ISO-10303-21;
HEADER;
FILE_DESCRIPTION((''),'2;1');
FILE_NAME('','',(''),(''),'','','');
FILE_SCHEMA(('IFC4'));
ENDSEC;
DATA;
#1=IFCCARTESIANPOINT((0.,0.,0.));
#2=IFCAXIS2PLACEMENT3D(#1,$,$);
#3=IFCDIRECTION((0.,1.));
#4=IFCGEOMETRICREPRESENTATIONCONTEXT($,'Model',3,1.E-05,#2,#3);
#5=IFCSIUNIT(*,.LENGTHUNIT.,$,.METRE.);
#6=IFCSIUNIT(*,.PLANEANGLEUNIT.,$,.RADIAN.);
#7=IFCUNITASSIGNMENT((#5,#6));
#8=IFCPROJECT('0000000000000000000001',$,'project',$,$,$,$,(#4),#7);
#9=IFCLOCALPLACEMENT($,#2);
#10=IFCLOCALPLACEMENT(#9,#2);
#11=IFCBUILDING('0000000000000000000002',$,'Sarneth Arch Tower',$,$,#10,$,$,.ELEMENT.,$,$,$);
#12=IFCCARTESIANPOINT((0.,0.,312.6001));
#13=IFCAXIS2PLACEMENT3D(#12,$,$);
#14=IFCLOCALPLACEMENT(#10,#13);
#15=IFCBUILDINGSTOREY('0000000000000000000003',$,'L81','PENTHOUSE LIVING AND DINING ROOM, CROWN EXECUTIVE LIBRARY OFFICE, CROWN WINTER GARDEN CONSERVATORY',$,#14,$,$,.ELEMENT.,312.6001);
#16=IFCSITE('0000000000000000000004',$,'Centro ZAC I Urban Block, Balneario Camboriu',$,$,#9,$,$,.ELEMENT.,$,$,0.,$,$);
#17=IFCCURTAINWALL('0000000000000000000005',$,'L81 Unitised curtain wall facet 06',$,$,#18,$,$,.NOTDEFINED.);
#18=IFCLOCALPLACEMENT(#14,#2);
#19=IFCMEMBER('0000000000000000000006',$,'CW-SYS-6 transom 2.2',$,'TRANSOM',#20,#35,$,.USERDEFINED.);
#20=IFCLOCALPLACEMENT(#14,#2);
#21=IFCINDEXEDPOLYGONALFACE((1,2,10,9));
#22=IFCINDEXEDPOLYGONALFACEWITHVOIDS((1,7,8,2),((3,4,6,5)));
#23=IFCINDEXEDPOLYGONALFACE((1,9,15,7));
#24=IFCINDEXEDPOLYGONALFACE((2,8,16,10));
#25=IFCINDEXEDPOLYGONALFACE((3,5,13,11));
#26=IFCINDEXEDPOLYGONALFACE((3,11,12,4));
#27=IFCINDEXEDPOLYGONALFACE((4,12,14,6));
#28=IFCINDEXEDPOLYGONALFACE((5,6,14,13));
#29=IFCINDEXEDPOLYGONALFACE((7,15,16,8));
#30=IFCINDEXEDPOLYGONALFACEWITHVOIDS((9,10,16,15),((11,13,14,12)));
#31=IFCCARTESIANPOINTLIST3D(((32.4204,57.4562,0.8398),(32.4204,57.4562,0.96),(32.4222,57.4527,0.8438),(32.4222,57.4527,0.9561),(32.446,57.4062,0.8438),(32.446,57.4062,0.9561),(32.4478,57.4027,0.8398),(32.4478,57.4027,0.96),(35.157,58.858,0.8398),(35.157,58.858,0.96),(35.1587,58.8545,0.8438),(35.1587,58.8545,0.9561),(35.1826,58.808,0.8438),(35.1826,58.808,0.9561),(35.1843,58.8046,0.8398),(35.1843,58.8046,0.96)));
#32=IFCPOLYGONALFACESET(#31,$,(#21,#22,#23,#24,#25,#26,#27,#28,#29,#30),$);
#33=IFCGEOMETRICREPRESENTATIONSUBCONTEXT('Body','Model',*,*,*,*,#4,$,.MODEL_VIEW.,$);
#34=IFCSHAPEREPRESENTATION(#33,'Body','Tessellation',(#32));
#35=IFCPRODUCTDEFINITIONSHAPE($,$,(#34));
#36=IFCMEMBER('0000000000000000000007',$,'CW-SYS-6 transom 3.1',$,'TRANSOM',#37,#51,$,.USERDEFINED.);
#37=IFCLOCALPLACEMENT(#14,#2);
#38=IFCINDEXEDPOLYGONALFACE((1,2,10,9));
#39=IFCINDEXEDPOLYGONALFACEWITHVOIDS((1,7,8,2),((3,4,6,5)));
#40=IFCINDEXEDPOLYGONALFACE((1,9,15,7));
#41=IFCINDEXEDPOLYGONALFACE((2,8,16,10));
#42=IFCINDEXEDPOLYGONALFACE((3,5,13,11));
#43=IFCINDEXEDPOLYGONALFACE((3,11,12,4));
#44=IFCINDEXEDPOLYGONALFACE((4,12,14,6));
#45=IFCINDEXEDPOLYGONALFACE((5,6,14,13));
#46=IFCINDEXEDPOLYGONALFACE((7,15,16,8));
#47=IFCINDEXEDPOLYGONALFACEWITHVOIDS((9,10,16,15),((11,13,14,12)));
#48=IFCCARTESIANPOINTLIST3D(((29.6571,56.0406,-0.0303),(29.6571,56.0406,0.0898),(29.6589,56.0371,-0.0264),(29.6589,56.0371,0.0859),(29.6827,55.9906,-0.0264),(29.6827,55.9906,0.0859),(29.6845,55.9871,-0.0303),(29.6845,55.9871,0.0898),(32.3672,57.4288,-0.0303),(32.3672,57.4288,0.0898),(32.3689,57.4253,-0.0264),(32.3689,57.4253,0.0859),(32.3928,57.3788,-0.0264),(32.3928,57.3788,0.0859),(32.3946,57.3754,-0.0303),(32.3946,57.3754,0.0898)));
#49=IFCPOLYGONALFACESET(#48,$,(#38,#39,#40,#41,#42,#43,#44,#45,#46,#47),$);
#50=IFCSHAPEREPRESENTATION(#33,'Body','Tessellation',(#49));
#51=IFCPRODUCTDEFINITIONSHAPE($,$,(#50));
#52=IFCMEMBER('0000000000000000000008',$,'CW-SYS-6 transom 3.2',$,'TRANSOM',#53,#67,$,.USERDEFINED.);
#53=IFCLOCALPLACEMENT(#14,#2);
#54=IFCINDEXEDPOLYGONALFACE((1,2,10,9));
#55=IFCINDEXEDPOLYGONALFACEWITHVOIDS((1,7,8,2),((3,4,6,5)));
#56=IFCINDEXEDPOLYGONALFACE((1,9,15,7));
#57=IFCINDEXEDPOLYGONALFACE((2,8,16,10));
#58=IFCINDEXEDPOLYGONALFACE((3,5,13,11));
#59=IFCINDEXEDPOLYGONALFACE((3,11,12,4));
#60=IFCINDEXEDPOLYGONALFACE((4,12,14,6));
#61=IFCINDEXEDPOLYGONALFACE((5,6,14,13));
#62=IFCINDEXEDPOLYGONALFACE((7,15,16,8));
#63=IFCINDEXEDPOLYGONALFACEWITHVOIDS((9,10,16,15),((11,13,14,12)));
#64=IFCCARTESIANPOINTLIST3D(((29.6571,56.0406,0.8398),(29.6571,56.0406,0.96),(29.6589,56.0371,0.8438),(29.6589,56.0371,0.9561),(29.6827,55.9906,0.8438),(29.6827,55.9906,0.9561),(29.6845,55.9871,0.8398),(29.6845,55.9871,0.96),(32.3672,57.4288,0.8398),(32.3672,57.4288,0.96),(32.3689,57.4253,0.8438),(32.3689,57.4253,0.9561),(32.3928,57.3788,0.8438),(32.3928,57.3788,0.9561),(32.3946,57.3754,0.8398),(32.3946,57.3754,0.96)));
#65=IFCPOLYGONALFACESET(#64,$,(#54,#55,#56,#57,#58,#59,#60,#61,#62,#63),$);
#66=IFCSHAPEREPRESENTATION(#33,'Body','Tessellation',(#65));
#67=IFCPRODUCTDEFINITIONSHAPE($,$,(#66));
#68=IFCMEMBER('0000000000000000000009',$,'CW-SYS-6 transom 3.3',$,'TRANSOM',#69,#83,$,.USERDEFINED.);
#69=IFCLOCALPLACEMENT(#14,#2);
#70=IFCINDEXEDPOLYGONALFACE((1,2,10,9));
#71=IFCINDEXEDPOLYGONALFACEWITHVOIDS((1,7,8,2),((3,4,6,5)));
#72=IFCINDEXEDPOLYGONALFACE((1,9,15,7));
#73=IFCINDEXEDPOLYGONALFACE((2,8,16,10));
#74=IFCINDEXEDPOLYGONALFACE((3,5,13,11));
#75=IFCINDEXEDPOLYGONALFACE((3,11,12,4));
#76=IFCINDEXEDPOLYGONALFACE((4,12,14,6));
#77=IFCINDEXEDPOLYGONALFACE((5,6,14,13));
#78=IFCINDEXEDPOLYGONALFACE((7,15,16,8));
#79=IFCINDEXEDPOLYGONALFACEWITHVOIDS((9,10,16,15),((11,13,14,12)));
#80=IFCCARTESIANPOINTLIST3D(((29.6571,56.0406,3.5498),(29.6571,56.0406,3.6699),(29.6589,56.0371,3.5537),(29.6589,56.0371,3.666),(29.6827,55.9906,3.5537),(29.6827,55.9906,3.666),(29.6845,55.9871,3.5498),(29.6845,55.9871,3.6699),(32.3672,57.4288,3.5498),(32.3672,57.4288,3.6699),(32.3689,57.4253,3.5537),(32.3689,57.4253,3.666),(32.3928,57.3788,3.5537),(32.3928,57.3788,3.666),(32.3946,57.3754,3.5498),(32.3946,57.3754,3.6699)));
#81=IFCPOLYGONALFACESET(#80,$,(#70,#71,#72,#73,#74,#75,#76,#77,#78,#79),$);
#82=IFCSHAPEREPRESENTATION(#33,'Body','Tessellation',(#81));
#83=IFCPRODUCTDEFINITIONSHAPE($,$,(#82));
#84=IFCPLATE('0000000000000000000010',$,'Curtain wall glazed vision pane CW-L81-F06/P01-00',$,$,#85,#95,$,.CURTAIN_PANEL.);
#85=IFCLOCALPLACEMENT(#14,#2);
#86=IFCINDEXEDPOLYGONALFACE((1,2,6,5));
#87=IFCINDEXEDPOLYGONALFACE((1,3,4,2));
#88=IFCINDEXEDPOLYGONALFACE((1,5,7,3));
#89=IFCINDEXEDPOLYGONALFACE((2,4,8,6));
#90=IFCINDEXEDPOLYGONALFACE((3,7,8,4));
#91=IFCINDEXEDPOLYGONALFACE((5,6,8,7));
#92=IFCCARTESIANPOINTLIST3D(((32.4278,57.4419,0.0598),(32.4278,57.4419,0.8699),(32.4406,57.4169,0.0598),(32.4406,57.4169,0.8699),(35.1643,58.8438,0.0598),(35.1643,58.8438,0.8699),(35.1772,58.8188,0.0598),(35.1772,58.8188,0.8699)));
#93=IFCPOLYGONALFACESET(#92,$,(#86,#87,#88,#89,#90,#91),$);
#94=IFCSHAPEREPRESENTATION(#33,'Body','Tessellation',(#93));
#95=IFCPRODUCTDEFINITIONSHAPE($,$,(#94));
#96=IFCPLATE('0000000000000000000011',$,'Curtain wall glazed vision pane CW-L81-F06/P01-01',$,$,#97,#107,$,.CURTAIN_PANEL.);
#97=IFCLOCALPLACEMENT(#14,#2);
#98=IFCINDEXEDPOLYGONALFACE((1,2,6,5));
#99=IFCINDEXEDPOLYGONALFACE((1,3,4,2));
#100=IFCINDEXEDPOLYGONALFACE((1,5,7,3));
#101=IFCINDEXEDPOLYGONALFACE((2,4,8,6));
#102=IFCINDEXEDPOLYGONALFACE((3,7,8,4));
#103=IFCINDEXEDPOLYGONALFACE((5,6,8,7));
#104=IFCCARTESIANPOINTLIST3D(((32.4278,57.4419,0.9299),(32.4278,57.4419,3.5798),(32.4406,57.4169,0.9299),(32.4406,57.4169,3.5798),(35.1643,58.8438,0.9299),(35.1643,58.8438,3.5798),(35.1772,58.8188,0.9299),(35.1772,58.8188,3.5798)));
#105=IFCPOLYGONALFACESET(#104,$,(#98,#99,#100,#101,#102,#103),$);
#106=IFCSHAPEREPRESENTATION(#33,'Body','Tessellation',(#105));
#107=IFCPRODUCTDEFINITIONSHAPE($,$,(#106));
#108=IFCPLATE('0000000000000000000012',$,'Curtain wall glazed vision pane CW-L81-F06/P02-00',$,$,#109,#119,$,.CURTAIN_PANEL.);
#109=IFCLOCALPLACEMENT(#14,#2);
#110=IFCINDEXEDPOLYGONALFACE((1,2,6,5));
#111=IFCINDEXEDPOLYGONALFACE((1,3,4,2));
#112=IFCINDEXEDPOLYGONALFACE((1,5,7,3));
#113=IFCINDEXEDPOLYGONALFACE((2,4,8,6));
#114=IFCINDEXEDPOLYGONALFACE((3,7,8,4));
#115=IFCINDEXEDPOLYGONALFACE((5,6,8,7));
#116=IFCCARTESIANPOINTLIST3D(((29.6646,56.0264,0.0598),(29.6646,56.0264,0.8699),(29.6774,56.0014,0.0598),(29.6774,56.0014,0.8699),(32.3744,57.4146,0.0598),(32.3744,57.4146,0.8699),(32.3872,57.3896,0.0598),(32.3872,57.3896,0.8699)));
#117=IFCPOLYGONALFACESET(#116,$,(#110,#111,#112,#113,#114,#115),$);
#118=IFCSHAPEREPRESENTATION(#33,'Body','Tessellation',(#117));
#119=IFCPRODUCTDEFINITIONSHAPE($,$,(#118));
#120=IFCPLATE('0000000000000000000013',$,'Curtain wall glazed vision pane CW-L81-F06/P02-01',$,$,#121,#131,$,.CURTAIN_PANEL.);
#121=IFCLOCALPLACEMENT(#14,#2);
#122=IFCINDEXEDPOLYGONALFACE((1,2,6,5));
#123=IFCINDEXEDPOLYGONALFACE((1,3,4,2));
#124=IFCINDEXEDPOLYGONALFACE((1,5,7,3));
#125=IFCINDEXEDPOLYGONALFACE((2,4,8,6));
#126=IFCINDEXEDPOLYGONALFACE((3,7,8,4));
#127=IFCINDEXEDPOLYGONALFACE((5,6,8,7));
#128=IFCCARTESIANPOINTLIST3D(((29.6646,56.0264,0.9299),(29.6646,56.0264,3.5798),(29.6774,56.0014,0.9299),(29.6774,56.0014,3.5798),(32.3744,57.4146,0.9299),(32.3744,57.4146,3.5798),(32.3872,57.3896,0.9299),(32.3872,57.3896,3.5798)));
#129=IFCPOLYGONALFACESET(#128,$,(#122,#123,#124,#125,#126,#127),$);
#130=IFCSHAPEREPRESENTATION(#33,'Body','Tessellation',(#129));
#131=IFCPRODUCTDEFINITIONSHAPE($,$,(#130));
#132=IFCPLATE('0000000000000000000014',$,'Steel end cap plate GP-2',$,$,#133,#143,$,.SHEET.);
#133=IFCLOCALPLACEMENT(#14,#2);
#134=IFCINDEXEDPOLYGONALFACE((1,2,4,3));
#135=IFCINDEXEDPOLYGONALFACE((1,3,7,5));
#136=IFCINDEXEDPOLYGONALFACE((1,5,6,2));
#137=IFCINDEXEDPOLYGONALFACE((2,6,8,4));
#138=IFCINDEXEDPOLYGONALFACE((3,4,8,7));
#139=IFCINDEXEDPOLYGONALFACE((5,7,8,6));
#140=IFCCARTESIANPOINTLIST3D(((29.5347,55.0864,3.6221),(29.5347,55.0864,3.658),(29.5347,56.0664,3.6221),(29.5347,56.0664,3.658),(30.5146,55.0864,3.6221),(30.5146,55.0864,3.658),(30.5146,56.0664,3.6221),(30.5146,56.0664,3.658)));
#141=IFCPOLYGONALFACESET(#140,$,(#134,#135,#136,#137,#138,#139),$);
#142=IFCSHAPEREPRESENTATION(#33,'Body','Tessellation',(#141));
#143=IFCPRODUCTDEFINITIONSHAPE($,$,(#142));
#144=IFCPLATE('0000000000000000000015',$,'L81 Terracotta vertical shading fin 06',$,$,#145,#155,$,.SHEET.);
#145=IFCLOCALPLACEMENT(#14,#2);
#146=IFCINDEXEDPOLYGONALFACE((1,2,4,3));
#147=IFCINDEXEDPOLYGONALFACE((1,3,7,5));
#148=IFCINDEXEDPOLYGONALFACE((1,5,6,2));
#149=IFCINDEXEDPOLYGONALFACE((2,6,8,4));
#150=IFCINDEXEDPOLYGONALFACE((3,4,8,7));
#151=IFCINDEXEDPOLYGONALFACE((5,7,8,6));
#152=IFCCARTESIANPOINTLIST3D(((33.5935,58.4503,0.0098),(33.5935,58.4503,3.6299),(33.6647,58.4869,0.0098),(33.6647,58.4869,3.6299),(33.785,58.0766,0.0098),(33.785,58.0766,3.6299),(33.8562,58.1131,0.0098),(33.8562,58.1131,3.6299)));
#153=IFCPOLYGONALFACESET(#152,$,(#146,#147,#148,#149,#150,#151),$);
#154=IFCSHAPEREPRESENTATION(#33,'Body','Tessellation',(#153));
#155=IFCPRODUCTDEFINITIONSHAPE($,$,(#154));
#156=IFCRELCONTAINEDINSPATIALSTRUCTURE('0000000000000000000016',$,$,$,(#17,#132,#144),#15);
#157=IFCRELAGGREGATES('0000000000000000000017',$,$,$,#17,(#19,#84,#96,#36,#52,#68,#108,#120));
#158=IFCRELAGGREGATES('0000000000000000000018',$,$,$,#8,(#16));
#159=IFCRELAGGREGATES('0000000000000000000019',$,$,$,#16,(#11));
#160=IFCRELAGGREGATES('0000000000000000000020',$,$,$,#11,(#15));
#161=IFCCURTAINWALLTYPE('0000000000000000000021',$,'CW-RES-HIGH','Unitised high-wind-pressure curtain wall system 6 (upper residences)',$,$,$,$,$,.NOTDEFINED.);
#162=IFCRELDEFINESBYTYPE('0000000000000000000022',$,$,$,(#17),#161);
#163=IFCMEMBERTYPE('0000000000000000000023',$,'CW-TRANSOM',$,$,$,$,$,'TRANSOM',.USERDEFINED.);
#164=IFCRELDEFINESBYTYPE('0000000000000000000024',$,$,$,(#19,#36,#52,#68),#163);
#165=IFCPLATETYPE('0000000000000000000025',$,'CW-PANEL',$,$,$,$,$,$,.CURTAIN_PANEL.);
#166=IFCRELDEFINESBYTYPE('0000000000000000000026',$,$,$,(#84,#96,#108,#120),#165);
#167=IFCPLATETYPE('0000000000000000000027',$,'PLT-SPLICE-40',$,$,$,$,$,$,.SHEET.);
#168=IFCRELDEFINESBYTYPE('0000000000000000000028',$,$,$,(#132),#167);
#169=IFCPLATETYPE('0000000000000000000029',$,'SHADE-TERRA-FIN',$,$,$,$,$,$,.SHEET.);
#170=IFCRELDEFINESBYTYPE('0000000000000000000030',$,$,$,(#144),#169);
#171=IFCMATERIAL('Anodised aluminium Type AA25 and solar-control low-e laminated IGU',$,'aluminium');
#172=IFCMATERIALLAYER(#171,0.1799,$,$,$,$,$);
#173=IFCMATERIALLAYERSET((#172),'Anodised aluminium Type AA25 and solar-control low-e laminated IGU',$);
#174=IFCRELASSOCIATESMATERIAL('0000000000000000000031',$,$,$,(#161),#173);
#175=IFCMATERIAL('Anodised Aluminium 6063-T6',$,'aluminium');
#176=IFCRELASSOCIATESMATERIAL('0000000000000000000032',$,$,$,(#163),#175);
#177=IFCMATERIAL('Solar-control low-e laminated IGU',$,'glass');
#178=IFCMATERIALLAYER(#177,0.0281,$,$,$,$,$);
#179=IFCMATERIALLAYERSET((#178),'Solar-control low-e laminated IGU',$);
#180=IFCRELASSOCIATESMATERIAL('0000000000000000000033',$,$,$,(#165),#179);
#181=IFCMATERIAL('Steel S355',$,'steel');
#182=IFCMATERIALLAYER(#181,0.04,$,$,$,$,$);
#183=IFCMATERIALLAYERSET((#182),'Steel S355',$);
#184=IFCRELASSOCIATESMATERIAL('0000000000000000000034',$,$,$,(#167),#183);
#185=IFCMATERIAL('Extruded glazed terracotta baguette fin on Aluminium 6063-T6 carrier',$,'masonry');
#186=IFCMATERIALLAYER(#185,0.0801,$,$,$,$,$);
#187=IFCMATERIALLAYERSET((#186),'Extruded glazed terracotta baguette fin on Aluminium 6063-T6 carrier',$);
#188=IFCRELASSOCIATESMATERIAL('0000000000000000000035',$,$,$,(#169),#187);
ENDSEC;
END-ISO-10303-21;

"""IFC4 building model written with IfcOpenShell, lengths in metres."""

from ifc_helpers import new_model, si_unit, direction, frame, origin, origin_2d, place, context, subcontext, project, spatial, rectangle, hollow_rectangle, extrude, material, layer, layer_set, material_profile, profile_set, type_object, element, aggregate, save


model = new_model("IFC4")

# Units and contexts
model_context = context("Model", 3, precision=1e-05, world=origin(), true_north=direction((0.0, 1.0)))
body_context = subcontext(model_context, "Body", "Model", "MODEL_VIEW")
ifc_project = project(units=[si_unit("LENGTHUNIT", "METRE"), si_unit("PLANEANGLEUNIT", "RADIAN")], contexts=[model_context])

# Site, building, storey
site_placement = place(None, origin())
site = spatial("IfcSite", under=ifc_project, at=site_placement, Name="Centro ZAC I Urban Block, Balneario Camboriu", CompositionType="ELEMENT", RefElevation=0.0)
building_placement = place(site_placement, origin())
building = spatial("IfcBuilding", under=site, at=building_placement, Name="Sarneth Arch Tower", CompositionType="ELEMENT")
storey_placement = place(building_placement, frame((0.0, 0.0, 312.6001)))
storey = spatial("IfcBuildingStorey", under=building, at=storey_placement, Name="L81", Description="PENTHOUSE LIVING AND DINING ROOM, CROWN EXECUTIVE LIBRARY OFFICE, CROWN WINTER GARDEN CONSERVATORY", CompositionType="ELEMENT", Elevation=312.6001)

# Curtain wall, members, plates
ifc_material_1 = material(Name="Anodised aluminium Type AA25 and solar-control low-e laminated IGU", Category="aluminium")
ifc_layer_1 = layer(ifc_material_1, 0.1799)
ifc_layer_set_1 = layer_set([ifc_layer_1], Name="Anodised aluminium Type AA25 and solar-control low-e laminated IGU")
curtain_wall_type = type_object("IfcCurtainWallType", Name="CW-RES-HIGH", Description="Unitised high-wind-pressure curtain wall system 6 (upper residences)", PredefinedType="NOTDEFINED", material=ifc_layer_set_1)
curtain_wall_placement = place(storey_placement, origin())
curtain_wall = element("IfcCurtainWall", 1, at=curtain_wall_placement, inside=storey, type_object=curtain_wall_type, Name="L81 Unitised curtain wall facet 06", PredefinedType="NOTDEFINED")
ifc_material_2 = material(Name="Anodised Aluminium 6063-T6", Category="aluminium")
ifc_material_profile_1 = material_profile(ifc_material_2, hollow_rectangle(XDim=0.0601, YDim=0.1201, WallThickness=0.0039, at=origin_2d()), Name="AL-TRAN-120x60x4")
ifc_profile_set_1 = profile_set([ifc_material_profile_1], Name="Anodised Aluminium 6063-T6")
member_type_1 = type_object("IfcMemberType", Name="CW-TRANSOM", ElementType="TRANSOM", PredefinedType="USERDEFINED", material=ifc_profile_set_1)
member_1_placement = place(storey_placement, frame((35.1707, 58.8313, 0.8999), z_axis=(-0.890017, -0.455926, 0.0), x_axis=(0.455926, -0.890017, 0.0)))
member_1 = element("IfcMember", 2, at=member_1_placement, type_object=member_type_1, Name="CW-SYS-6 transom 2.2", ObjectType="TRANSOM", PredefinedType="USERDEFINED", context=body_context, shape_type="SweptSolid", body=[
    extrude(hollow_rectangle(XDim=0.0601, YDim=0.1201, WallThickness=0.0039, at=origin_2d()), origin(), (0.0, 0.0, 1.0), 3.0747),
])
member_2_placement = place(storey_placement, frame((32.3809, 57.4021, 0.0298), z_axis=(-0.890023, -0.455916, 0.0), x_axis=(0.455916, -0.890023, 0.0)))
member_2 = element("IfcMember", 3, at=member_2_placement, type_object=member_type_1, Name="CW-SYS-6 transom 3.1", ObjectType="TRANSOM", PredefinedType="USERDEFINED", context=body_context, shape_type="SweptSolid", body=[
    extrude(hollow_rectangle(XDim=0.0601, YDim=0.1201, WallThickness=0.0039, at=origin_2d()), origin(), (0.0, 0.0, 1.0), 3.0449),
])
member_3_placement = place(storey_placement, frame((32.3809, 57.4021, 0.8999), z_axis=(-0.890023, -0.455916, 0.0), x_axis=(0.455916, -0.890023, 0.0)))
member_3 = element("IfcMember", 4, at=member_3_placement, type_object=member_type_1, Name="CW-SYS-6 transom 3.2", ObjectType="TRANSOM", PredefinedType="USERDEFINED", context=body_context, shape_type="SweptSolid", body=[
    extrude(hollow_rectangle(XDim=0.0601, YDim=0.1201, WallThickness=0.0039, at=origin_2d()), origin(), (0.0, 0.0, 1.0), 3.0449),
])
member_4_placement = place(storey_placement, frame((32.3809, 57.4021, 3.6099), z_axis=(-0.890023, -0.455916, 0.0), x_axis=(0.455916, -0.890023, 0.0)))
member_4 = element("IfcMember", 5, at=member_4_placement, type_object=member_type_1, Name="CW-SYS-6 transom 3.3", ObjectType="TRANSOM", PredefinedType="USERDEFINED", context=body_context, shape_type="SweptSolid", body=[
    extrude(hollow_rectangle(XDim=0.0601, YDim=0.1201, WallThickness=0.0039, at=origin_2d()), origin(), (0.0, 0.0, 1.0), 3.0449),
])
ifc_material_3 = material(Name="Solar-control low-e laminated IGU", Category="glass")
ifc_layer_2 = layer(ifc_material_3, 0.0281)
ifc_layer_set_2 = layer_set([ifc_layer_2], Name="Solar-control low-e laminated IGU")
plate_type_1 = type_object("IfcPlateType", Name="CW-PANEL", PredefinedType="CURTAIN_PANEL", material=ifc_layer_set_2)
plate_1_placement = place(storey_placement, frame((33.8025, 58.1304, 0.0598), z_axis=(0.0, 0.0, 1.0), x_axis=(-0.89001, -0.455942, 0.0)))
plate_1 = element("IfcPlate", 6, at=plate_1_placement, type_object=plate_type_1, Name="Curtain wall glazed vision pane CW-L81-F06/P01-00", PredefinedType="CURTAIN_PANEL", context=body_context, shape_type="SweptSolid", body=[
    extrude(rectangle(XDim=3.0747, YDim=0.0281, at=origin_2d()), origin(), (0.0, 0.0, 1.0), 0.8101),
])
plate_2_placement = place(storey_placement, frame((33.8025, 58.1304, 0.9299), z_axis=(0.0, 0.0, 1.0), x_axis=(-0.89001, -0.455942, 0.0)))
plate_2 = element("IfcPlate", 7, at=plate_2_placement, type_object=plate_type_1, Name="Curtain wall glazed vision pane CW-L81-F06/P01-01", PredefinedType="CURTAIN_PANEL", context=body_context, shape_type="SweptSolid", body=[
    extrude(rectangle(XDim=3.0747, YDim=0.0281, at=origin_2d()), origin(), (0.0, 0.0, 1.0), 2.6499),
])
plate_3_placement = place(storey_placement, frame((31.0259, 56.708, 0.0598), z_axis=(0.0, 0.0, 1.0), x_axis=(-0.89001, -0.455942, 0.0)))
plate_3 = element("IfcPlate", 8, at=plate_3_placement, type_object=plate_type_1, Name="Curtain wall glazed vision pane CW-L81-F06/P02-00", PredefinedType="CURTAIN_PANEL", context=body_context, shape_type="SweptSolid", body=[
    extrude(rectangle(XDim=3.0447, YDim=0.0281, at=origin_2d()), origin(), (0.0, 0.0, 1.0), 0.8101),
])
plate_4_placement = place(storey_placement, frame((31.0259, 56.708, 0.9299), z_axis=(0.0, 0.0, 1.0), x_axis=(-0.89001, -0.455942, 0.0)))
plate_4 = element("IfcPlate", 9, at=plate_4_placement, type_object=plate_type_1, Name="Curtain wall glazed vision pane CW-L81-F06/P02-01", PredefinedType="CURTAIN_PANEL", context=body_context, shape_type="SweptSolid", body=[
    extrude(rectangle(XDim=3.0447, YDim=0.0281, at=origin_2d()), origin(), (0.0, 0.0, 1.0), 2.6499),
])
aggregate(curtain_wall, [member_1, plate_1, plate_2, member_2, member_3, member_4, plate_3, plate_4])

# Plates
ifc_material_4 = material(Name="Steel S355", Category="steel")
ifc_layer_3 = layer(ifc_material_4, 0.04)
ifc_layer_set_3 = layer_set([ifc_layer_3], Name="Steel S355")
plate_type_2 = type_object("IfcPlateType", Name="PLT-SPLICE-40", PredefinedType="SHEET", material=ifc_layer_set_3)
plate_5_placement = place(storey_placement, frame((30.0247, 55.5764, 3.6221), z_axis=(0.0, 0.0, 1.0), x_axis=(1.0, 0.0, 0.0)))
element("IfcPlate", 10, at=plate_5_placement, inside=storey, type_object=plate_type_2, Name="Steel end cap plate GP-2", PredefinedType="SHEET", context=body_context, shape_type="SweptSolid", body=[
    extrude(rectangle(XDim=0.98, YDim=0.98, at=origin_2d()), origin(), (0.0, 0.0, 1.0), 0.0359),
])
ifc_material_5 = material(Name="Extruded glazed terracotta baguette fin on Aluminium 6063-T6 carrier", Category="masonry")
ifc_layer_4 = layer(ifc_material_5, 0.0801)
ifc_layer_set_4 = layer_set([ifc_layer_4], Name="Extruded glazed terracotta baguette fin on Aluminium 6063-T6 carrier")
plate_type_3 = type_object("IfcPlateType", Name="SHADE-TERRA-FIN", PredefinedType="SHEET", material=ifc_layer_set_4)
plate_6_placement = place(storey_placement, frame((33.7249, 58.2817, 0.0098), z_axis=(0.0, 0.0, 1.0), x_axis=(-0.456011, 0.889974, 0.0)))
element("IfcPlate", 11, at=plate_6_placement, inside=storey, type_object=plate_type_3, Name="L81 Terracotta vertical shading fin 06", PredefinedType="SHEET", context=body_context, shape_type="SweptSolid", body=[
    extrude(rectangle(XDim=0.4199, YDim=0.0801, at=origin_2d()), origin(), (0.0, 0.0, 1.0), 3.6201),
])

save(model, "model.ifc")
